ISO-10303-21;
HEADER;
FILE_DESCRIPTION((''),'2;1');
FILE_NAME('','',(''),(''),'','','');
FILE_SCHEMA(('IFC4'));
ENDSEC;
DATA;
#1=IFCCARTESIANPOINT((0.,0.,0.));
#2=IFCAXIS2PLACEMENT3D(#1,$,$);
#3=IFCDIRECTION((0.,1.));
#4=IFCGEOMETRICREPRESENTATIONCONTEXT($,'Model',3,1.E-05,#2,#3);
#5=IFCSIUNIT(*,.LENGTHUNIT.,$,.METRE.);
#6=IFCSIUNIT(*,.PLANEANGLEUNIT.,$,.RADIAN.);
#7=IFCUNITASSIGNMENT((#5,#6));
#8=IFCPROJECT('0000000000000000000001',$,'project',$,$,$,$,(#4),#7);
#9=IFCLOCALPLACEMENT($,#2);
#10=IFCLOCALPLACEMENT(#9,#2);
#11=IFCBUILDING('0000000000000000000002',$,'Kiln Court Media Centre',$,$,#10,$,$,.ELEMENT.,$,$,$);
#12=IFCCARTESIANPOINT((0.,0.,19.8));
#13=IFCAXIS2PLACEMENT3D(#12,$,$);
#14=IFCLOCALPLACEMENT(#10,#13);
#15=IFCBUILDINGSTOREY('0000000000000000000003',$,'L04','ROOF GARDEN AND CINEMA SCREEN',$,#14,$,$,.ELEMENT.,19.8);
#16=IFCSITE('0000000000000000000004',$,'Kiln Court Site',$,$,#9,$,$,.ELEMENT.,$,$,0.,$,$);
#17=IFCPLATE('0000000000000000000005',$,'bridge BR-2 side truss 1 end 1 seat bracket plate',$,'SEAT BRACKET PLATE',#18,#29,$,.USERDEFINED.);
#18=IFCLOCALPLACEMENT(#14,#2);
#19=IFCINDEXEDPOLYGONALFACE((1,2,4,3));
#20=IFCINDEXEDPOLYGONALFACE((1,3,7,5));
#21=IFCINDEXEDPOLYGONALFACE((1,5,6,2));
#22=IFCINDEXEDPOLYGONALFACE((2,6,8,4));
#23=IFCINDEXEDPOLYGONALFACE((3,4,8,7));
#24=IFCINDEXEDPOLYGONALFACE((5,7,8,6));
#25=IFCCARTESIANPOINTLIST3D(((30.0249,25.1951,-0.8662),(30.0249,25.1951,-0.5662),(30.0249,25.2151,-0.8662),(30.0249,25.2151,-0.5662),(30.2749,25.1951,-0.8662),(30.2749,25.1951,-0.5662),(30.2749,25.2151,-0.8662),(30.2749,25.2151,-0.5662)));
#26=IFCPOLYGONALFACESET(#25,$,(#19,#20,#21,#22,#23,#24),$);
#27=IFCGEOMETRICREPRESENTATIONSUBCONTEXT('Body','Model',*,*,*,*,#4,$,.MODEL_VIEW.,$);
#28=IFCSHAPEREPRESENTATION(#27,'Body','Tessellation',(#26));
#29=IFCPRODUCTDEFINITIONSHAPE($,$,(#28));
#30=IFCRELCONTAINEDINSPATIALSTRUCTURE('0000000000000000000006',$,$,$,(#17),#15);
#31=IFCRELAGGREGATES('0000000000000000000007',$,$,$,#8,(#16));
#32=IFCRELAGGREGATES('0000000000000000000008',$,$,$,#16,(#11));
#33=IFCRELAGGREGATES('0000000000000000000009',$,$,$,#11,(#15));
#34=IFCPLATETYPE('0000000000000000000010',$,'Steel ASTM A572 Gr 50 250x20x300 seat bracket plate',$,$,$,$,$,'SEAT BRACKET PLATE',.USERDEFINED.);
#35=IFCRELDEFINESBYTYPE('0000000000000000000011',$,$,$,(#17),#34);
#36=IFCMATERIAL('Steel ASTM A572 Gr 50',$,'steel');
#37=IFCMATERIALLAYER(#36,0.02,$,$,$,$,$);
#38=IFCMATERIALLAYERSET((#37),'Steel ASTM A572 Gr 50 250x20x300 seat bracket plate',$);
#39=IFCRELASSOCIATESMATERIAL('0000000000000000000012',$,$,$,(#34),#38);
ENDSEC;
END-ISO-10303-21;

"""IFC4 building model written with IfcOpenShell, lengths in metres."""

from ifc_helpers import new_model, si_unit, direction, frame, origin, origin_2d, place, context, subcontext, project, spatial, rectangle, extrude, material, layer, layer_set, type_object, element, save


model = new_model("IFC4")

# Units and contexts
model_context = context("Model", 3, precision=1e-05, world=origin(), true_north=direction((0.0, 1.0)))
body_context = subcontext(model_context, "Body", "Model", "MODEL_VIEW")
ifc_project = project(units=[si_unit("LENGTHUNIT", "METRE"), si_unit("PLANEANGLEUNIT", "RADIAN")], contexts=[model_context])

# Site, building, storey
site_placement = place(None, origin())
site = spatial("IfcSite", under=ifc_project, at=site_placement, Name="Kiln Court Site", CompositionType="ELEMENT", RefElevation=0.0)
building_placement = place(site_placement, origin())
building = spatial("IfcBuilding", under=site, at=building_placement, Name="Kiln Court Media Centre", CompositionType="ELEMENT")
storey_placement = place(building_placement, frame((0.0, 0.0, 19.8)))
storey = spatial("IfcBuildingStorey", under=building, at=storey_placement, Name="L04", Description="ROOF GARDEN AND CINEMA SCREEN", CompositionType="ELEMENT", Elevation=19.8)

# Plate
ifc_material_1 = material(Name="Steel ASTM A572 Gr 50", Category="steel")
ifc_layer_1 = layer(ifc_material_1, 0.02)
ifc_layer_set_1 = layer_set([ifc_layer_1], Name="Steel ASTM A572 Gr 50 250x20x300 seat bracket plate")
plate_type_1 = type_object("IfcPlateType", Name="Steel ASTM A572 Gr 50 250x20x300 seat bracket plate", ElementType="SEAT BRACKET PLATE", PredefinedType="USERDEFINED", material=ifc_layer_set_1)
plate_1_placement = place(storey_placement, frame((30.1499, 25.2051, -0.8662), z_axis=(0.0, 0.0, 1.0), x_axis=(1.0, 0.0, 0.0)))
element("IfcPlate", 1, at=plate_1_placement, inside=storey, type_object=plate_type_1, Name="bridge BR-2 side truss 1 end 1 seat bracket plate", ObjectType="SEAT BRACKET PLATE", PredefinedType="USERDEFINED", context=body_context, shape_type="SweptSolid", body=[
    extrude(rectangle(XDim=0.25, YDim=0.02, at=origin_2d()), origin(), (0.0, 0.0, 1.0), 0.3),
])

save(model, "model.ifc")
